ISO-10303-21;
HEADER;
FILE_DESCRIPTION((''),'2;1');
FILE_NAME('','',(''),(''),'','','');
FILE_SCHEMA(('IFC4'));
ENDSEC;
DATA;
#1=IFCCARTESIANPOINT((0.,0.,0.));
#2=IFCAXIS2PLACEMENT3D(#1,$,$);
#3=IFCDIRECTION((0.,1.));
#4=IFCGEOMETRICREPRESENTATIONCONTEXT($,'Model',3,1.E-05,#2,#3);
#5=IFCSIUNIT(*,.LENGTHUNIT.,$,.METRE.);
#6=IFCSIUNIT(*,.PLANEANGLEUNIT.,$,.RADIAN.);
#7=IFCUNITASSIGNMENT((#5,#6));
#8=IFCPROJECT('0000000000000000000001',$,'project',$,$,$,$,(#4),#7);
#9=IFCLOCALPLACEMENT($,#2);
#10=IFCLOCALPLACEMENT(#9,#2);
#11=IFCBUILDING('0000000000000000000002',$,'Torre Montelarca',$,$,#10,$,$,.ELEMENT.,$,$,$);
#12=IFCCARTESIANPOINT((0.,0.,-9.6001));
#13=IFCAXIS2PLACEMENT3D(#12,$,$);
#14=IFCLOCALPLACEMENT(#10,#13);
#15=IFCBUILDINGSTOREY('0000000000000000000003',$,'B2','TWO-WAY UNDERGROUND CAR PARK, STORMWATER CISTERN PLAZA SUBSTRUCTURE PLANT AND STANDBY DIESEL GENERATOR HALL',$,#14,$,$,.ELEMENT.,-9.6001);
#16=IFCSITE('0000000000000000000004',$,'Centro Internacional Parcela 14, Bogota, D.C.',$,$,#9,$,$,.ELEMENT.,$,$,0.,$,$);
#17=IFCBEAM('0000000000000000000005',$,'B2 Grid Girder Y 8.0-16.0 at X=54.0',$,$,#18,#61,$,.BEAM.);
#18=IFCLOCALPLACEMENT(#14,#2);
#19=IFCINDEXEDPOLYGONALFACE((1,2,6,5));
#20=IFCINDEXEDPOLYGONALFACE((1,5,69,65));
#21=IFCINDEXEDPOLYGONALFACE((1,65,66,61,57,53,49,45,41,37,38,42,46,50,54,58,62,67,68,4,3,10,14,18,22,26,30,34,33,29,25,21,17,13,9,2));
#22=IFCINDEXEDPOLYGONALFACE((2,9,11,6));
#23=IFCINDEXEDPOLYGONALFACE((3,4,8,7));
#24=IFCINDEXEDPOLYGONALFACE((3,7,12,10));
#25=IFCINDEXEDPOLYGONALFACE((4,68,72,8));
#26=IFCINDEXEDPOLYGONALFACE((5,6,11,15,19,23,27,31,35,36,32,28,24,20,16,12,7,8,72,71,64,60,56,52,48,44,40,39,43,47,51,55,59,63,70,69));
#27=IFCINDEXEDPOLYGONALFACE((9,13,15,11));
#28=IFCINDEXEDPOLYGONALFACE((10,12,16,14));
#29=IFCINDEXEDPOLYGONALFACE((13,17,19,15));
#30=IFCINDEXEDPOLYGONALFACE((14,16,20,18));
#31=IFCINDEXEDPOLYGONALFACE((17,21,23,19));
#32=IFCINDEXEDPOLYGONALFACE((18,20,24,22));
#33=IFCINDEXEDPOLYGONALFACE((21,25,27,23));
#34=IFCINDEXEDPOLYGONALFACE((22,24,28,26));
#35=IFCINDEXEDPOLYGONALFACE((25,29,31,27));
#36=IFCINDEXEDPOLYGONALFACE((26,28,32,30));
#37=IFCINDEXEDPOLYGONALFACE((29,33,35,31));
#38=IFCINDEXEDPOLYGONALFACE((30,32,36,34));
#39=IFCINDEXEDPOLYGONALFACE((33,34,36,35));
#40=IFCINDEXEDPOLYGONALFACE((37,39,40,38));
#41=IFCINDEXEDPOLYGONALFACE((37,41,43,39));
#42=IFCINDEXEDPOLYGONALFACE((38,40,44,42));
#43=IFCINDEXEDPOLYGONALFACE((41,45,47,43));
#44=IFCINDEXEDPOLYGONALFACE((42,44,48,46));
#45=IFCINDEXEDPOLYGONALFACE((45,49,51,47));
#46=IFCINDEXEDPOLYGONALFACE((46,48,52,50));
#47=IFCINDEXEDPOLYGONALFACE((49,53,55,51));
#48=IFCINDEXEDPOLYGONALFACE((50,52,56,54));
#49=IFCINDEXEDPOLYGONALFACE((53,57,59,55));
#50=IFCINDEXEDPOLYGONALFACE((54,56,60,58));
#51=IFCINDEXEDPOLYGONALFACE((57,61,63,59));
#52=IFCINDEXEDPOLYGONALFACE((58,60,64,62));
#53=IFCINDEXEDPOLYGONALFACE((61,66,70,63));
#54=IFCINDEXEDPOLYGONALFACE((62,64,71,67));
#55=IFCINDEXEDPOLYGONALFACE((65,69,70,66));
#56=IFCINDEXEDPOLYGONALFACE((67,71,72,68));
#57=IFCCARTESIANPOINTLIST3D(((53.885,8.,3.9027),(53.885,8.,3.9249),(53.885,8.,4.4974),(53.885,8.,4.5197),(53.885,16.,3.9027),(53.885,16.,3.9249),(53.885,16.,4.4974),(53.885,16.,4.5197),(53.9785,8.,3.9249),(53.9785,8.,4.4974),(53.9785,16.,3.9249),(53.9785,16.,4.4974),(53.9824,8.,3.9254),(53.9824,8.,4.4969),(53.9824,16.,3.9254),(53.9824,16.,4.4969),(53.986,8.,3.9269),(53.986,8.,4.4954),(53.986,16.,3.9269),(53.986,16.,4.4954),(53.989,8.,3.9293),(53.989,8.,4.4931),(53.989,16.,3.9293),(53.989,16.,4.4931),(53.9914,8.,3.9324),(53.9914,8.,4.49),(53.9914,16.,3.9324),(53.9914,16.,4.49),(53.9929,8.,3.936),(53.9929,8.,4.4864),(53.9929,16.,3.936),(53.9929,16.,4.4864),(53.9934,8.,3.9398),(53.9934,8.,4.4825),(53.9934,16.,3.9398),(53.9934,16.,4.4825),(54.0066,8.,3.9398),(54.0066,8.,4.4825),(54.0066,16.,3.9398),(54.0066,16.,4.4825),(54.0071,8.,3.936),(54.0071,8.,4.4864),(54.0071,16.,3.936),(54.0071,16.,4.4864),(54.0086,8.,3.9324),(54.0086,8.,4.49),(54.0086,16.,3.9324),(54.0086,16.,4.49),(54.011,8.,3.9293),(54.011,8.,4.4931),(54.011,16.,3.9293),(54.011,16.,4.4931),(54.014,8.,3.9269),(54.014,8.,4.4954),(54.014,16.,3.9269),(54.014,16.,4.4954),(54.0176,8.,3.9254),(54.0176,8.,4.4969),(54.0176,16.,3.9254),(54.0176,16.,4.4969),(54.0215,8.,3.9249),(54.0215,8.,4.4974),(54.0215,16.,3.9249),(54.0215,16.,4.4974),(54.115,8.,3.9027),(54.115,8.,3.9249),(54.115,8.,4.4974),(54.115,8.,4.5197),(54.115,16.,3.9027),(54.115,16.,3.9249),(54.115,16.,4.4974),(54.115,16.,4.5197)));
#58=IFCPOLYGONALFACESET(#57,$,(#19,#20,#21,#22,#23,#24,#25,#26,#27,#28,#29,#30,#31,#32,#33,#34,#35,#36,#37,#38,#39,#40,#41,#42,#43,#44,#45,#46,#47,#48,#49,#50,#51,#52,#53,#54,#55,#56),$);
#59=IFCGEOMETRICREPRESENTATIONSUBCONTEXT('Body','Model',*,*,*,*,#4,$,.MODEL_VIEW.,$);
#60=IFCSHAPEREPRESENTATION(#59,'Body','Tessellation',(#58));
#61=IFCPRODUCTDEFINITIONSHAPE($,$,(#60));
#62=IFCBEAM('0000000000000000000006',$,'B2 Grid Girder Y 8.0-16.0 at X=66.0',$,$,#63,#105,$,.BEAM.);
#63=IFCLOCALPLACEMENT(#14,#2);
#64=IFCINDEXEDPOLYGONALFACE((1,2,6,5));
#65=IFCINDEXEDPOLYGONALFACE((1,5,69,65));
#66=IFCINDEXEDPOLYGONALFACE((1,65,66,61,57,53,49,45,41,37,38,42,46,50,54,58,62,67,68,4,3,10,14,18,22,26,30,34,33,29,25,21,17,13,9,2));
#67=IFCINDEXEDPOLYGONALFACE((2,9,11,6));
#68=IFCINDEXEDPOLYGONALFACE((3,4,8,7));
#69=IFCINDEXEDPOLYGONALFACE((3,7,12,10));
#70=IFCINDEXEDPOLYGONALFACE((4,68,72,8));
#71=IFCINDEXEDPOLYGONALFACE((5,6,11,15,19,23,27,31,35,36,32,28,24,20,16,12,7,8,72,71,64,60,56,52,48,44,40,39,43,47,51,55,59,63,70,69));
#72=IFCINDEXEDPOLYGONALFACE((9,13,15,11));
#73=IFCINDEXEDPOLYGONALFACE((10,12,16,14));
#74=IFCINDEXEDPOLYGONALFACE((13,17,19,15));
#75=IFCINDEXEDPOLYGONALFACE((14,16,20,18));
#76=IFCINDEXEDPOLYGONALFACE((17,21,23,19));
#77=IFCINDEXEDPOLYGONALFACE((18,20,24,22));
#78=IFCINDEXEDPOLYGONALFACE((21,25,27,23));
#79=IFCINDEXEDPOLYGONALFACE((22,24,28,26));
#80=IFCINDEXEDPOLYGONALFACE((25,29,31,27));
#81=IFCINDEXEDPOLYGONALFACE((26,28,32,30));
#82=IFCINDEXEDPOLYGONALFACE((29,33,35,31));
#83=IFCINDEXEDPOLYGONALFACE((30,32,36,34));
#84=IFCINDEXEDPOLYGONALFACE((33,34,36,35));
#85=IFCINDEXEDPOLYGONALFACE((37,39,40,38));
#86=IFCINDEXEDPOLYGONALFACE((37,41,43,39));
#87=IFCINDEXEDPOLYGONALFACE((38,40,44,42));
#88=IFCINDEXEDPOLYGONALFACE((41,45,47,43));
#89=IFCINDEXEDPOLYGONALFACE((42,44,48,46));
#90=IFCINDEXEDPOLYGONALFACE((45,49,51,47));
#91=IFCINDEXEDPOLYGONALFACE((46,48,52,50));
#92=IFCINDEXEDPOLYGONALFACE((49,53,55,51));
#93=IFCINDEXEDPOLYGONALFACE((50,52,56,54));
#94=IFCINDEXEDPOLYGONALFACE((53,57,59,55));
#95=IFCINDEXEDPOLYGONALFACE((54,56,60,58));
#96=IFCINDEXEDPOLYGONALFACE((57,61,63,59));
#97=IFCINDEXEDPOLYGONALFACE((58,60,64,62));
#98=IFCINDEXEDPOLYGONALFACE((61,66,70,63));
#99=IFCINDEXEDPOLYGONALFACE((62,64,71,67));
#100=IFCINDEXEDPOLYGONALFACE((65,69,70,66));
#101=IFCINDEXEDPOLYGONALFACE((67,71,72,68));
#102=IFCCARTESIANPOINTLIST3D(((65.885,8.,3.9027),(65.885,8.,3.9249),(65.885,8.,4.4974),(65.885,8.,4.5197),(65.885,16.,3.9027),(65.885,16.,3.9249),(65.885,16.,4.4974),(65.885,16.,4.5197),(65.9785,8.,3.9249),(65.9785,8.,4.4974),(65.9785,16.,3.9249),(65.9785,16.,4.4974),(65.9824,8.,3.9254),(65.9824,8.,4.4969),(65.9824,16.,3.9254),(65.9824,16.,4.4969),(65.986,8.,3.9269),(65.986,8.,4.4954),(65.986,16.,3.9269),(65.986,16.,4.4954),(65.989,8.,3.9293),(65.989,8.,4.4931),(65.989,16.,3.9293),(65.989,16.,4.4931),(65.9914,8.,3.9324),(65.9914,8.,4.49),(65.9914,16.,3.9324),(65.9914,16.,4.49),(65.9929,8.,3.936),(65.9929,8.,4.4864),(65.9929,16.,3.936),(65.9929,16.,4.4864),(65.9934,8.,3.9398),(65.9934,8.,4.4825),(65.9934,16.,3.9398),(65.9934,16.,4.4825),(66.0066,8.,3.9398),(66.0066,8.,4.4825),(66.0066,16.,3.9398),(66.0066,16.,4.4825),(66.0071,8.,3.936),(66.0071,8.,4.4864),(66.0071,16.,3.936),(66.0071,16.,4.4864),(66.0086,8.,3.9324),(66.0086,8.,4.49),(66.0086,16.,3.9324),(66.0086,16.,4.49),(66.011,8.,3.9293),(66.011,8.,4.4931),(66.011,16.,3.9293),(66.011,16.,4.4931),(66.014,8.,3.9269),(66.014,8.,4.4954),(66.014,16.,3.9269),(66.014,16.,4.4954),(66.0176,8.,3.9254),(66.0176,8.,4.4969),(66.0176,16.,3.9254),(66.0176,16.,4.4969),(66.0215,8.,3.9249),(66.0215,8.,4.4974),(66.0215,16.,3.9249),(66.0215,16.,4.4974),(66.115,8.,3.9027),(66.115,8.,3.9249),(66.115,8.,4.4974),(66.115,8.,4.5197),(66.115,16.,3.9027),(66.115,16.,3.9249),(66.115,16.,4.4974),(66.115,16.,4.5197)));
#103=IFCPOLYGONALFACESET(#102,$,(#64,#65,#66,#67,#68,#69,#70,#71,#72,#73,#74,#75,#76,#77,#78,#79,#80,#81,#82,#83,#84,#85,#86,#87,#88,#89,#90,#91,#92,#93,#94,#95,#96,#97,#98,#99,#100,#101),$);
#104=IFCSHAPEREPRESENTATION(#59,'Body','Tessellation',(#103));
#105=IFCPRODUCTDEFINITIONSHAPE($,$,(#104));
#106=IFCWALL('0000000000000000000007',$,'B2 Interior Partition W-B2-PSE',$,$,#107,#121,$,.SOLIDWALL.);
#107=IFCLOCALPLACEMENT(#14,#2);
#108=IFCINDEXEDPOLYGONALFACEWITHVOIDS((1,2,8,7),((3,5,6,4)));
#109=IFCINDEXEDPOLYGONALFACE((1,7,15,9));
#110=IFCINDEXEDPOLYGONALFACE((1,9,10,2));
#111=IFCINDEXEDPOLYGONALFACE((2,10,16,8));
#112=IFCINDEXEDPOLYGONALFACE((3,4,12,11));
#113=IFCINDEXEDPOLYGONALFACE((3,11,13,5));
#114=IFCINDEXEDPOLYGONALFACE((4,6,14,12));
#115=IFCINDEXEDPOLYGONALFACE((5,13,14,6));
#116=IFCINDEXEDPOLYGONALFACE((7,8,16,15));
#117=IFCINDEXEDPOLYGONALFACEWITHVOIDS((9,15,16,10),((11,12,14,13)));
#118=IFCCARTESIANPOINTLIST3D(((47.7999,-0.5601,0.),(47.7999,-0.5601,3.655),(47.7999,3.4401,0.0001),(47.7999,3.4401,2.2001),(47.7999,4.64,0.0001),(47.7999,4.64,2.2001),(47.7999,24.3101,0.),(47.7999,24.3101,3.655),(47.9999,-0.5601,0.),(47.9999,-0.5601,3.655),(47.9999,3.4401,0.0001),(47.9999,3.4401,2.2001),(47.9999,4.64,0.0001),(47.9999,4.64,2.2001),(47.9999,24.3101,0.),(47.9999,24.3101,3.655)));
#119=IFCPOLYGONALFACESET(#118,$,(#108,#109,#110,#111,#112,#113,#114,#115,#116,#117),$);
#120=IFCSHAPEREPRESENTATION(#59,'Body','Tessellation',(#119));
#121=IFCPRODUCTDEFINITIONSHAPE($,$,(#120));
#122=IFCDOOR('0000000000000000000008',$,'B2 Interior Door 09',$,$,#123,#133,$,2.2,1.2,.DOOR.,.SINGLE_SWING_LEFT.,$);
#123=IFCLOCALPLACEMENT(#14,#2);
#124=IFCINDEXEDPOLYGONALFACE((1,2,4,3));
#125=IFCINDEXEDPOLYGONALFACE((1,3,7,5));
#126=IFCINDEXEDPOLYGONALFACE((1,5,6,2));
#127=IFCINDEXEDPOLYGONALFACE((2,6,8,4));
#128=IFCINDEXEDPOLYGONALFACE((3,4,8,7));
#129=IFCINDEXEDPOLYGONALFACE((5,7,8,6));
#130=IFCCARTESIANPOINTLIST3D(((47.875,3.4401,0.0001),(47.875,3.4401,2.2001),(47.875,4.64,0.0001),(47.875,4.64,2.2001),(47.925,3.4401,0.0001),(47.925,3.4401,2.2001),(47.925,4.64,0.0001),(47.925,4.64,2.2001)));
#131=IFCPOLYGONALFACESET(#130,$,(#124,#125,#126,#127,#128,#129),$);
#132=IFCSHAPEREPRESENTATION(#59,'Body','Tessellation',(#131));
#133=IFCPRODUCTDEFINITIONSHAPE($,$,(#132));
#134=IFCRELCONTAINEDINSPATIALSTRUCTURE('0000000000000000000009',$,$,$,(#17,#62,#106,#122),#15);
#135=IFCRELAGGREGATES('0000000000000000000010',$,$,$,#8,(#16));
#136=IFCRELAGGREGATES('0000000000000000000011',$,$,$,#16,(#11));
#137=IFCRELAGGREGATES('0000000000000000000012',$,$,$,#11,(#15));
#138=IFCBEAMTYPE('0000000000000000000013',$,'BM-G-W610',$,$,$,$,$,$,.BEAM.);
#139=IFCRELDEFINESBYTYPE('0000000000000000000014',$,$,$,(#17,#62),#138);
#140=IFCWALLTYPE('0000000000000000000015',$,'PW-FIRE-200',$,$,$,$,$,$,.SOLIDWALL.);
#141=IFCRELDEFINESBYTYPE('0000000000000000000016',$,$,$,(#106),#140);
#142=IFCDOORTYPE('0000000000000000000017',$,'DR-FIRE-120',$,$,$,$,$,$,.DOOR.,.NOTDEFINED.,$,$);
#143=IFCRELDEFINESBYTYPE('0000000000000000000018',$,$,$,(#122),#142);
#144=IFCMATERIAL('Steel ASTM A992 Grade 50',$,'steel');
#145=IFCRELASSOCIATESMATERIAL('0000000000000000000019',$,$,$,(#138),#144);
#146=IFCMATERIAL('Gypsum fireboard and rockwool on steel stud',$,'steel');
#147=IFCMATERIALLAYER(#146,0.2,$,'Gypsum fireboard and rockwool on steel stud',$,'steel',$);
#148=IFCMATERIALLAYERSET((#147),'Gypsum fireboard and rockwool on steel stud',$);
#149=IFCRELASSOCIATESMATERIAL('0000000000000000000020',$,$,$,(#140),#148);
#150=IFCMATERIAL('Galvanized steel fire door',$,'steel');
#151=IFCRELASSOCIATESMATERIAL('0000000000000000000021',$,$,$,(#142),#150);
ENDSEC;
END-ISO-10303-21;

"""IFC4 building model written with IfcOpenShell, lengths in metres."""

from ifc_helpers import new_model, si_unit, direction, frame, frame_2d, origin, origin_2d, place, context, subcontext, project, spatial, rectangle, i_section, extrude, source, transform, mapped, material, layer, layer_set, material_profile, profile_set, type_object, element, fill, save


model = new_model("IFC4")

# Units and contexts
model_context = context("Model", 3, precision=1e-05, world=origin(), true_north=direction((0.0, 1.0)))
body_context = subcontext(model_context, "Body", "Model", "MODEL_VIEW")
ifc_project = project(units=[si_unit("LENGTHUNIT", "METRE"), si_unit("PLANEANGLEUNIT", "RADIAN")], contexts=[model_context])

# Site, building, storey
site_placement = place(None, origin())
site = spatial("IfcSite", under=ifc_project, at=site_placement, Name="Centro Internacional Parcela 14, Bogota, D.C.", CompositionType="ELEMENT", RefElevation=0.0)
building_placement = place(site_placement, origin())
building = spatial("IfcBuilding", under=site, at=building_placement, Name="Torre Montelarca", CompositionType="ELEMENT")
storey_placement = place(building_placement, frame((0.0, 0.0, -9.6001)))
storey = spatial("IfcBuildingStorey", under=building, at=storey_placement, Name="B2", Description="TWO-WAY UNDERGROUND CAR PARK, STORMWATER CISTERN PLAZA SUBSTRUCTURE PLANT AND STANDBY DIESEL GENERATOR HALL", CompositionType="ELEMENT", Elevation=-9.6001)

# Beams
ifc_material_1 = material(Name="Steel ASTM A992 Grade 50", Category="steel")
ifc_material_profile_1 = material_profile(ifc_material_1, i_section(OverallWidth=0.23, OverallDepth=0.6169, WebThickness=0.0132, FlangeThickness=0.0222, FilletRadius=0.0149, at=origin_2d()), Name="W610X140", Category="steel")
ifc_profile_set_1 = profile_set([ifc_material_profile_1], Name="Steel ASTM A992 Grade 50")
beam_type_1 = type_object("IfcBeamType", Name="BM-G-W610", PredefinedType="BEAM", material=ifc_profile_set_1)
shared_shape_1 = source(origin(), body_context, "Body", "SweptSolid", [
    extrude(i_section(OverallWidth=0.23, OverallDepth=0.6169, WebThickness=0.0132, FlangeThickness=0.0222, FilletRadius=0.0149, at=origin_2d()), origin(), (0.0, 0.0, 1.0), 8.0),
])
for number, where, z_axis, x_axis, name in (
    (1, (54.0, 8.0, 4.2112), (0.0, 1.0, 0.0), (-1.0, 0.0, 0.0), "B2 Grid Girder Y 8.0-16.0 at X=54.0"),
    (2, (66.0, 8.0, 4.2112), (0.0, 1.0, 0.0), (-1.0, 0.0, 0.0), "B2 Grid Girder Y 8.0-16.0 at X=66.0"),
):
    element("IfcBeam", number, at=place(storey_placement, frame(where, z_axis=z_axis, x_axis=x_axis)), inside=storey, type_object=beam_type_1, Name=name, PredefinedType="BEAM", context=body_context, shape_type="MappedRepresentation", body=[
        mapped(shared_shape_1, transform((0.0, 0.0, 0.0), scale=1.0)),
    ])

# Wall, opening, door
ifc_material_2 = material(Name="Gypsum fireboard and rockwool on steel stud", Category="steel")
ifc_layer = layer(ifc_material_2, 0.2, Name="Gypsum fireboard and rockwool on steel stud", Category="steel")
ifc_layer_set = layer_set([ifc_layer], Name="Gypsum fireboard and rockwool on steel stud")
wall_type = type_object("IfcWallType", Name="PW-FIRE-200", PredefinedType="SOLIDWALL", material=ifc_layer_set)
wall_placement = place(storey_placement, frame((47.8999, -0.5601, 0.0), z_axis=(0.0, 0.0, 1.0), x_axis=(0.0, 1.0, 0.0)))
wall = element("IfcWall", 3, at=wall_placement, inside=storey, type_object=wall_type, Name="B2 Interior Partition W-B2-PSE", PredefinedType="SOLIDWALL", context=body_context, shape_type="SweptSolid", body=[
    extrude(rectangle(XDim=24.8701, YDim=0.2, at=frame_2d((12.4351, 0.0))), origin(), (0.0, 0.0, 1.0), 3.655),
])
opening_placement = place(wall_placement, frame((4.0, 0.0, 0.0)))
opening = element("IfcOpeningElement", 4, at=opening_placement, cuts=wall, PredefinedType="OPENING", context=body_context, shape_type="SweptSolid", body=[
    extrude(rectangle(XDim=1.2, YDim=2.2, at=frame_2d((0.6001, 1.1001))), frame((0.0, 0.1099, 0.0), z_axis=(0.0, -1.0, 0.0), x_axis=(1.0, 0.0, 0.0)), (0.0, 0.0, 1.0), 0.22),
])
ifc_material_3 = material(Name="Galvanized steel fire door", Category="steel")
door_type = type_object("IfcDoorType", Name="DR-FIRE-120", OperationType="NOTDEFINED", PredefinedType="DOOR", material=ifc_material_3)
shared_shape_2 = source(origin(), body_context, "Body", "SweptSolid", [
    extrude(rectangle(XDim=1.2, YDim=2.2, at=frame_2d((0.6001, 1.1001))), frame((0.0, 0.0249, 0.0), z_axis=(0.0, -1.0, 0.0), x_axis=(1.0, 0.0, 0.0)), (0.0, 0.0, 1.0), 0.05),
])
door_placement = place(opening_placement, origin())
door = element("IfcDoor", 5, at=door_placement, inside=storey, type_object=door_type, Name="B2 Interior Door 09", OperationType="SINGLE_SWING_LEFT", OverallHeight=2.2, OverallWidth=1.2, PredefinedType="DOOR", context=body_context, shape_type="MappedRepresentation", body=[
    mapped(shared_shape_2, transform((0.0, 0.0, 0.0), scale=1.0)),
])
fill(opening, door)

save(model, "model.ifc")
